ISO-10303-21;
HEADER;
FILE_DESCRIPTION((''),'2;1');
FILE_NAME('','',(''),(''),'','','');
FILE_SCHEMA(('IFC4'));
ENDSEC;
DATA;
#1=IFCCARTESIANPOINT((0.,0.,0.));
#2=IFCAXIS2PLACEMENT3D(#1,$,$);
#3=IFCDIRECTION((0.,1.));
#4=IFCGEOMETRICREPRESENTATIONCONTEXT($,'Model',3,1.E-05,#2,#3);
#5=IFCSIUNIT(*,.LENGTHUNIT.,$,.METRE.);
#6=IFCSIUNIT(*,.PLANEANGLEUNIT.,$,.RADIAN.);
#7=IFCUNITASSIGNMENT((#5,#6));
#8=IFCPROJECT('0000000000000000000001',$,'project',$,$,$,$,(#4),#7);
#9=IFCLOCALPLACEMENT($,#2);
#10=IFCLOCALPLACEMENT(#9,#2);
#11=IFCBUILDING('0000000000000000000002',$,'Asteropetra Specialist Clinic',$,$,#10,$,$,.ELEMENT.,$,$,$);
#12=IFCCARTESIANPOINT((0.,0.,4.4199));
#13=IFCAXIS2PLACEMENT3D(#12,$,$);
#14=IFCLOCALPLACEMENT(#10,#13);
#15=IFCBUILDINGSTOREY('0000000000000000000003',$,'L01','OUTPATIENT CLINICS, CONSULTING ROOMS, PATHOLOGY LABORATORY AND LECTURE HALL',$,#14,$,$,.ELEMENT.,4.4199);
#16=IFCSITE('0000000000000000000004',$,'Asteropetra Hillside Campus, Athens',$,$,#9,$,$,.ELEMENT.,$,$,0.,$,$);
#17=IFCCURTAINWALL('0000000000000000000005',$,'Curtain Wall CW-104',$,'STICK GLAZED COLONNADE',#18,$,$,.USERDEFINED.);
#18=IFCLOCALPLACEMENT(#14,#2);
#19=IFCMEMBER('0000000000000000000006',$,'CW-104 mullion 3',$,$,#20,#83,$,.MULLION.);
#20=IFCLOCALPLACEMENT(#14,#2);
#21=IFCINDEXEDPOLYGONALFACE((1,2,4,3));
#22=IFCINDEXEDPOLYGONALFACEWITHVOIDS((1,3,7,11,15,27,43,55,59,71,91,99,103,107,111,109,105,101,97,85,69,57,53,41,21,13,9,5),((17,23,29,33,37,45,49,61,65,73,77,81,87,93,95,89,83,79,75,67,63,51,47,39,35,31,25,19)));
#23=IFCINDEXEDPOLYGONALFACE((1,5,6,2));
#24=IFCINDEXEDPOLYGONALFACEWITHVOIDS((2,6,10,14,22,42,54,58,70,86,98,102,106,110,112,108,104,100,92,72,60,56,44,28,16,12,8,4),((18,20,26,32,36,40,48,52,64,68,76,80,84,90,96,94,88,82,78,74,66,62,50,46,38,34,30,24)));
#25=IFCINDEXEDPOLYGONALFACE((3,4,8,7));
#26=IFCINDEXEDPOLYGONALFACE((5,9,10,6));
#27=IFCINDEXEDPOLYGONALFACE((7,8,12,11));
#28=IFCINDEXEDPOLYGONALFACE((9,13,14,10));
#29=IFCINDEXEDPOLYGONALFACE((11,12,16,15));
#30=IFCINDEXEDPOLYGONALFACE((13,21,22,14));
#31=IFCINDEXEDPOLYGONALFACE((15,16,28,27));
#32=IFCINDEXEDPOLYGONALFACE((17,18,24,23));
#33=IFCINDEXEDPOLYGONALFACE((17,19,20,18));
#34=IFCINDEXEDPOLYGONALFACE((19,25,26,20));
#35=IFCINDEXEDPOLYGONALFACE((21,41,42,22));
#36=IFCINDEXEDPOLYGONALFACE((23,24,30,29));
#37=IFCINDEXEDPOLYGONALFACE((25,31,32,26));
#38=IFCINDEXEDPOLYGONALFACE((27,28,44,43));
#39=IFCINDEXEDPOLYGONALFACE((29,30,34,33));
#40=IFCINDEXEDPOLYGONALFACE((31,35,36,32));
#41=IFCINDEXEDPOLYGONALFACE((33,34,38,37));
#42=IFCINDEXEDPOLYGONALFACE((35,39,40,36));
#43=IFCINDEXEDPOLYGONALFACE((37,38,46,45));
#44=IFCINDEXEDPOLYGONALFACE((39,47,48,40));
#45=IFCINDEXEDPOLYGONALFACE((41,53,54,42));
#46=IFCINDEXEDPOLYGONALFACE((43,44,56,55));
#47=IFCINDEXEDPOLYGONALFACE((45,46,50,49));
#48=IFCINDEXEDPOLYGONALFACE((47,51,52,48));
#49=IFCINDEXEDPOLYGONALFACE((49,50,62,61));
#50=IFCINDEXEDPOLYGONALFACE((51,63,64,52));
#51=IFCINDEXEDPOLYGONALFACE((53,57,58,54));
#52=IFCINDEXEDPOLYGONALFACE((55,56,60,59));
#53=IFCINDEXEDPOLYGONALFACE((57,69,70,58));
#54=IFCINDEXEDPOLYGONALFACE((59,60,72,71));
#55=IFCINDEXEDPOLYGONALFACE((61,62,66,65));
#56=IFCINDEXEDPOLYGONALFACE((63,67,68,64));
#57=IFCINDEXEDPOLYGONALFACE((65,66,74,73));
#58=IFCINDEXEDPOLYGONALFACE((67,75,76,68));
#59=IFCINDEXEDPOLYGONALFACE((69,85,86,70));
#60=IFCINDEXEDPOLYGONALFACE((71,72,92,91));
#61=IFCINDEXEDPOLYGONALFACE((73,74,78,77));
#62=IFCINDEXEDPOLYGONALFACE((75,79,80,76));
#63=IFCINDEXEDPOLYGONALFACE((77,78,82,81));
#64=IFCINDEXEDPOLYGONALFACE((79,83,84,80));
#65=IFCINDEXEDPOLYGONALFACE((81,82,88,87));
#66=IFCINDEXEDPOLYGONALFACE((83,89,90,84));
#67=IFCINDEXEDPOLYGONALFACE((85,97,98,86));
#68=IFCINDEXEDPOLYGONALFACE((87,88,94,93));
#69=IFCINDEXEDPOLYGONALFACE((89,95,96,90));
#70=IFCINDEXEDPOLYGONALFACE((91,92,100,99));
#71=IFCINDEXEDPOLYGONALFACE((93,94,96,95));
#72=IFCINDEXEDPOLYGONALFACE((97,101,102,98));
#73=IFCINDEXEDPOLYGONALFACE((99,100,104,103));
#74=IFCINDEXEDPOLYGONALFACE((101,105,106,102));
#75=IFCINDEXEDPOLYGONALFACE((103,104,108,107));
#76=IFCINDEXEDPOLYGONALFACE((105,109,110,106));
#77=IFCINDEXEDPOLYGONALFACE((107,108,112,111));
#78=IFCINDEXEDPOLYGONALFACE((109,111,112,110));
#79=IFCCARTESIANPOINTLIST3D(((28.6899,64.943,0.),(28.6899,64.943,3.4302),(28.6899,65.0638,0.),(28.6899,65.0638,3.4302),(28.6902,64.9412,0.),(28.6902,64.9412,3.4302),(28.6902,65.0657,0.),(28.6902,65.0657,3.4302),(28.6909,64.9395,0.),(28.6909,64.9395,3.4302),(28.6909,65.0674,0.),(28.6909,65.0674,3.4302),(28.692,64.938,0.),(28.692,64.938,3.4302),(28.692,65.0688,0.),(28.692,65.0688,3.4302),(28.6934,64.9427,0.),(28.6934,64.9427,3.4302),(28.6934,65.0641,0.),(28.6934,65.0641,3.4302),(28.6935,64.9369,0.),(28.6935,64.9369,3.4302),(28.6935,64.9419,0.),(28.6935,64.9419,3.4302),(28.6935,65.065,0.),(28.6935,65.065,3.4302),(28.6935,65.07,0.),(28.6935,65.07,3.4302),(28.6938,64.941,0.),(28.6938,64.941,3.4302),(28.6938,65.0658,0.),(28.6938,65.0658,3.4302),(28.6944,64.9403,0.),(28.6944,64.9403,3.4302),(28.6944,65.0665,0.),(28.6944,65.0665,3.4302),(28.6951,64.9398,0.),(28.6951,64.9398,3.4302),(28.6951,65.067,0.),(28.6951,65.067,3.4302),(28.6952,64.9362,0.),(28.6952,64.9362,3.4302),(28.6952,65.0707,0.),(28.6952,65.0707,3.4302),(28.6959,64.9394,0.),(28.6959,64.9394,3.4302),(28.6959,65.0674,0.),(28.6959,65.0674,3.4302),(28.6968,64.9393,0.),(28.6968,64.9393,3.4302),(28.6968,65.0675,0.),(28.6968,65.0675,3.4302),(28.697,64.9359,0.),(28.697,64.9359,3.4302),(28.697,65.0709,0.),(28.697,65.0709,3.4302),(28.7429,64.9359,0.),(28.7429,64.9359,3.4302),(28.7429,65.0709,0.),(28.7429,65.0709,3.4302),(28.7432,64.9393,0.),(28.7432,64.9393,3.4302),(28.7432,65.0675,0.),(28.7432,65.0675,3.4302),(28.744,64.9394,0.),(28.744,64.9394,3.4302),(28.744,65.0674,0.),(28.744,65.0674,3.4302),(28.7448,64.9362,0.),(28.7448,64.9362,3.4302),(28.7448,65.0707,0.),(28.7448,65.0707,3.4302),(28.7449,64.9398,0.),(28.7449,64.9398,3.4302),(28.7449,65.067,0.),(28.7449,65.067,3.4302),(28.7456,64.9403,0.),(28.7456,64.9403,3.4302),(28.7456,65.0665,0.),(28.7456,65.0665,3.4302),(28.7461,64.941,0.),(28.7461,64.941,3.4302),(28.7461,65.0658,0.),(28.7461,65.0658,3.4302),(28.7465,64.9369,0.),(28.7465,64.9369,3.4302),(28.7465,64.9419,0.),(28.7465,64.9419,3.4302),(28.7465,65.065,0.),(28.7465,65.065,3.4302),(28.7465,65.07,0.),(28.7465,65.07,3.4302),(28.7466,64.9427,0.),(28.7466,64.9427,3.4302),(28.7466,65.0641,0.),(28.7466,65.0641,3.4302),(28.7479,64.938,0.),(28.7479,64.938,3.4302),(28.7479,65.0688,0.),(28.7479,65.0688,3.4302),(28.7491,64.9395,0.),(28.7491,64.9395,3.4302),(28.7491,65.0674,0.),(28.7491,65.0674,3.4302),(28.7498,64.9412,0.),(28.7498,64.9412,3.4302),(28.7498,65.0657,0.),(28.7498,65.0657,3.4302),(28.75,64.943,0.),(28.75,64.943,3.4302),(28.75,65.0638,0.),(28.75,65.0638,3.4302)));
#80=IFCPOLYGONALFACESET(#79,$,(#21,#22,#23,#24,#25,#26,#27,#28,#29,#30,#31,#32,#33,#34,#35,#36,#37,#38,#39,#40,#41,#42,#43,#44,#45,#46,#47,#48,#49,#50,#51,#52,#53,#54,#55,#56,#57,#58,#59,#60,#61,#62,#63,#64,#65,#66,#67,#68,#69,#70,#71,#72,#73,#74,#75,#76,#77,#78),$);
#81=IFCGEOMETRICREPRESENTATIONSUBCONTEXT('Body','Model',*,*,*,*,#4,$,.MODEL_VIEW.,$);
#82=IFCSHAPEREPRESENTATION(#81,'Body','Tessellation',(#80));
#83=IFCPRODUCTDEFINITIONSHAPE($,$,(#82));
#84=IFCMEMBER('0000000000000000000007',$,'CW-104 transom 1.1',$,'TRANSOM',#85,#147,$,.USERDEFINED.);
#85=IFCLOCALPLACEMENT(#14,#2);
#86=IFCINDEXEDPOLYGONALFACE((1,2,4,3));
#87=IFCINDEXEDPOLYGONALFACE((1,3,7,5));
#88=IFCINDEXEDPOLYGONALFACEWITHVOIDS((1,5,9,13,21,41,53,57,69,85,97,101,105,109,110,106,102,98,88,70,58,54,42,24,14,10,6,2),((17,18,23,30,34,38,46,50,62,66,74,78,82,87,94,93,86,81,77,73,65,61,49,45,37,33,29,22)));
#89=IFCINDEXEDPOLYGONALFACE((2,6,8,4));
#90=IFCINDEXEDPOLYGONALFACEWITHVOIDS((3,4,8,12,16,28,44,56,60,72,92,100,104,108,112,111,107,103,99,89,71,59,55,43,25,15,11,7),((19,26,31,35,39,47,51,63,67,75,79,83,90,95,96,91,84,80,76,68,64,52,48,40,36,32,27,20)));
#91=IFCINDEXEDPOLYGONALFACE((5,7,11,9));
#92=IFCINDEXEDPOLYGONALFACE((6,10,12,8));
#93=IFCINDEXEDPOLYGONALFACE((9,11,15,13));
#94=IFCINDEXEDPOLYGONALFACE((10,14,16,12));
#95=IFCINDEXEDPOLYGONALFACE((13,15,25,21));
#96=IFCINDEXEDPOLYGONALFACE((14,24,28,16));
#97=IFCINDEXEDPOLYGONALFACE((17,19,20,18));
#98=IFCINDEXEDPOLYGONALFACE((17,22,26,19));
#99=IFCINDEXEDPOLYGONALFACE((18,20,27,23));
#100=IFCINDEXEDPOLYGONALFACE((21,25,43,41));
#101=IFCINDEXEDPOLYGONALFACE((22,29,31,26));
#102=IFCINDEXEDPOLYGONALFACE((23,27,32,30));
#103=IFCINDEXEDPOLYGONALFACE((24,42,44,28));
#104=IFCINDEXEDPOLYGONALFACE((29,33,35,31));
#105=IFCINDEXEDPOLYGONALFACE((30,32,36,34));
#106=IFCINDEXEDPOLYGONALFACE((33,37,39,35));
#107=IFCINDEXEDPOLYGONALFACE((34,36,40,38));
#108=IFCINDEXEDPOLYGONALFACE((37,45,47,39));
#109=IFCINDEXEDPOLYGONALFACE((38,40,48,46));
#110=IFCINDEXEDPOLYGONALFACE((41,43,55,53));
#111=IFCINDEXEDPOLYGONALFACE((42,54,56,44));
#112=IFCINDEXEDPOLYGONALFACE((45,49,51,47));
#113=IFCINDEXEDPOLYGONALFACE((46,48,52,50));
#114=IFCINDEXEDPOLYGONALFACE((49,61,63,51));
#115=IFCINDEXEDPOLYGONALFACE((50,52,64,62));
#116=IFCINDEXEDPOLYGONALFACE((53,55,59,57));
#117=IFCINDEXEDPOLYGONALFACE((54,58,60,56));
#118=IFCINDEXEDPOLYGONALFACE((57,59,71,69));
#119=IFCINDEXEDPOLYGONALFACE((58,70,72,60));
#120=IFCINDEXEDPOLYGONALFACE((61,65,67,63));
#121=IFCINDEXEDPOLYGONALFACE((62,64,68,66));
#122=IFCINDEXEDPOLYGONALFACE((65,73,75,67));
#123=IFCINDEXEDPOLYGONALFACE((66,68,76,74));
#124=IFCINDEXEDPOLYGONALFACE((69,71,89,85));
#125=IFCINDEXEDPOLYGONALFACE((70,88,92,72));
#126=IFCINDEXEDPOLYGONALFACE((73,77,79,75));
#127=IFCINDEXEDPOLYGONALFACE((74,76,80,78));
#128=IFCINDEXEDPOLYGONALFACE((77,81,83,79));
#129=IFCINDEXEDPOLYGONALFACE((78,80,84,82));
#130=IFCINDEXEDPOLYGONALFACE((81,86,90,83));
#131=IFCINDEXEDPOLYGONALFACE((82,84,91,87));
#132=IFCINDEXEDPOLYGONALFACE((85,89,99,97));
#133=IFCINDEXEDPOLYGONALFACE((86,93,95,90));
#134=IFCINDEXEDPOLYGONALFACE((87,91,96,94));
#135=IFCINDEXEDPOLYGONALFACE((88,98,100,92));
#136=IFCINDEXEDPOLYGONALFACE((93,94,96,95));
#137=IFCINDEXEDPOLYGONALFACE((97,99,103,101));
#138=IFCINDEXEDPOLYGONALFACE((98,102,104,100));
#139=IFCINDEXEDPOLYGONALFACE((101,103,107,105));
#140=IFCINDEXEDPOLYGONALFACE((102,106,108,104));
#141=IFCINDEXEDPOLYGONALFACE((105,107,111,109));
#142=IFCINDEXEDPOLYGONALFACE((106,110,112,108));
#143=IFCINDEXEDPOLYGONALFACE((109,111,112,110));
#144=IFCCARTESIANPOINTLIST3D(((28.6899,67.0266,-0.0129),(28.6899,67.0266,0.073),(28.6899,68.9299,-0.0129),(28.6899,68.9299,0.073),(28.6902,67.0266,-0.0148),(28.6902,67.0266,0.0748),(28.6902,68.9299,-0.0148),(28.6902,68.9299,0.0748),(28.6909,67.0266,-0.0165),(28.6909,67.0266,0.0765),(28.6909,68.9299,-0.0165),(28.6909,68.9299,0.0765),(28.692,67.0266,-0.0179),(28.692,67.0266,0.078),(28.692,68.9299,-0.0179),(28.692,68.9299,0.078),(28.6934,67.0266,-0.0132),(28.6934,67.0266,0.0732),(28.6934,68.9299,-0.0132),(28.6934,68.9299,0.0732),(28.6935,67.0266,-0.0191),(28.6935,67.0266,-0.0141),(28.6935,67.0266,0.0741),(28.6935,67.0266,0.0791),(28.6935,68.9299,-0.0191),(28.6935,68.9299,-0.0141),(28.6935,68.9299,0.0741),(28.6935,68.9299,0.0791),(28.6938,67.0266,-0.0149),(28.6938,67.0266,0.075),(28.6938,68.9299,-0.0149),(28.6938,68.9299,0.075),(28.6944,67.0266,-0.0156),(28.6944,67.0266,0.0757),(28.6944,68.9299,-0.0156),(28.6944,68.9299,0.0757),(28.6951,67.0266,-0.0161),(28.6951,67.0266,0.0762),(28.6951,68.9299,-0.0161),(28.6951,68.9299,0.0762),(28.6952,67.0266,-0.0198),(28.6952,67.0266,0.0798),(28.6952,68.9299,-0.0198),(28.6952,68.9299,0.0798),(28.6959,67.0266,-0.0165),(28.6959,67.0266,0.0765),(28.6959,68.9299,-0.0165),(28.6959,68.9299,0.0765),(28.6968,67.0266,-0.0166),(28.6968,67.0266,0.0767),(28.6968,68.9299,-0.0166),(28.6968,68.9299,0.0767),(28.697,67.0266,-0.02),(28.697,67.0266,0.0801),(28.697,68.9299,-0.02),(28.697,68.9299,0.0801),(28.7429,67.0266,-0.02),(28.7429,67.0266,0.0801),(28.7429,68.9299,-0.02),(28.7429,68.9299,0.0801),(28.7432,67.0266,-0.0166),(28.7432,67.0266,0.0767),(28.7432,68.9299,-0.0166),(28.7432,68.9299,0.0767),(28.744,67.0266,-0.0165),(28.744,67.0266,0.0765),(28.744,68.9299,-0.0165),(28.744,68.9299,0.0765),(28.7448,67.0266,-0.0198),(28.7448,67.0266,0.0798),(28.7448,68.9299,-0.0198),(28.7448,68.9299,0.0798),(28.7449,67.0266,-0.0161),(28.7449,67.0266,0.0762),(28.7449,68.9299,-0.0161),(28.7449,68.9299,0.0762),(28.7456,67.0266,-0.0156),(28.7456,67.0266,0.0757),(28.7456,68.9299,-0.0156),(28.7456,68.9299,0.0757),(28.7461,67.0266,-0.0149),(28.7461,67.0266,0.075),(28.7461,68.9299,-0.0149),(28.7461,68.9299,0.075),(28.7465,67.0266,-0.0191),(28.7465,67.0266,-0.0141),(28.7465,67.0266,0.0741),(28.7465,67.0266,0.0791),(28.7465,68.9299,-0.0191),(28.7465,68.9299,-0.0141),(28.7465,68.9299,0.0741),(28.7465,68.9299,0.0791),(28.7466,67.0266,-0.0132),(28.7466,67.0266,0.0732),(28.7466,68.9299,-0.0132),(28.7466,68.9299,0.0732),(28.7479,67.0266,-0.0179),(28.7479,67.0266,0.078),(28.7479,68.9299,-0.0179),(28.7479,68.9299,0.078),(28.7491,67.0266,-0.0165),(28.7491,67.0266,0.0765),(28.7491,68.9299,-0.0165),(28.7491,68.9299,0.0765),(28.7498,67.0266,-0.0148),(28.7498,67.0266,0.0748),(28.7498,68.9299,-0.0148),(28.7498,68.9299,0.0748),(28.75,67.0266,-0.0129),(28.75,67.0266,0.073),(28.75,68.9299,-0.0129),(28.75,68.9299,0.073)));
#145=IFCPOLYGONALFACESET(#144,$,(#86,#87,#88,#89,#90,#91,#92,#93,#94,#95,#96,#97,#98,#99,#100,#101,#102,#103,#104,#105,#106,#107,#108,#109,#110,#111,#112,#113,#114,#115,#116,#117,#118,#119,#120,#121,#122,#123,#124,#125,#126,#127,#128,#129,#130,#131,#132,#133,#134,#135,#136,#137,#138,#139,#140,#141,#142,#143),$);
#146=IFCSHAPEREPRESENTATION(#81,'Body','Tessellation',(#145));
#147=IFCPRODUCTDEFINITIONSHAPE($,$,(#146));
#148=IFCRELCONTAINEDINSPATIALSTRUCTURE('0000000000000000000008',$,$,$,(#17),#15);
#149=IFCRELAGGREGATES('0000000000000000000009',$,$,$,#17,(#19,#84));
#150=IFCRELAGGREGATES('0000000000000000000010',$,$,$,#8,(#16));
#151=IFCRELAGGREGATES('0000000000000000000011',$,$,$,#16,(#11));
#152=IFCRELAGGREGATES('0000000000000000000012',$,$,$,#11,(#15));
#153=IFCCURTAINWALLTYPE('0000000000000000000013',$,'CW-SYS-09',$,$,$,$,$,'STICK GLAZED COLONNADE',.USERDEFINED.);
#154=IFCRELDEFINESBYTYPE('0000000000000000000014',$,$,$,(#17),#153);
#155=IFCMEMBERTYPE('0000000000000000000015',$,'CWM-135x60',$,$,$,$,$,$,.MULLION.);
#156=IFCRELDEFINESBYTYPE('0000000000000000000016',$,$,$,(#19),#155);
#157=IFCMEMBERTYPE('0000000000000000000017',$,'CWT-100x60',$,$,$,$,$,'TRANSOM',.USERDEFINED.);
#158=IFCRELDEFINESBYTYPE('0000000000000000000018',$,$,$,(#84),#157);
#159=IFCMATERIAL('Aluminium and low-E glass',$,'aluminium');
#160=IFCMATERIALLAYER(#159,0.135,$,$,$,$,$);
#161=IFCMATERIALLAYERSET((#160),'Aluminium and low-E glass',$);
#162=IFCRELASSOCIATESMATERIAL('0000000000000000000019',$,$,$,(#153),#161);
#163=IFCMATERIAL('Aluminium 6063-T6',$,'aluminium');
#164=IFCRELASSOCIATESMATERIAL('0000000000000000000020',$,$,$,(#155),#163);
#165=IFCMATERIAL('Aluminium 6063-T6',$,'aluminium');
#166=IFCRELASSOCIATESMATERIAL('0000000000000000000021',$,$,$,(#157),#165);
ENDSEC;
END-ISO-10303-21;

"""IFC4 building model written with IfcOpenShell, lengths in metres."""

from ifc_helpers import new_model, si_unit, direction, frame, origin, origin_2d, place, context, subcontext, project, spatial, hollow_rectangle, extrude, material, layer, layer_set, material_profile, profile_set, type_object, element, aggregate, save


model = new_model("IFC4")

# Units and contexts
model_context = context("Model", 3, precision=1e-05, world=origin(), true_north=direction((0.0, 1.0)))
body_context = subcontext(model_context, "Body", "Model", "MODEL_VIEW")
ifc_project = project(units=[si_unit("LENGTHUNIT", "METRE"), si_unit("PLANEANGLEUNIT", "RADIAN")], contexts=[model_context])

# Site, building, storey
site_placement = place(None, origin())
site = spatial("IfcSite", under=ifc_project, at=site_placement, Name="Asteropetra Hillside Campus, Athens", CompositionType="ELEMENT", RefElevation=0.0)
building_placement = place(site_placement, origin())
building = spatial("IfcBuilding", under=site, at=building_placement, Name="Asteropetra Specialist Clinic", CompositionType="ELEMENT")
storey_placement = place(building_placement, frame((0.0, 0.0, 4.4199)))
storey = spatial("IfcBuildingStorey", under=building, at=storey_placement, Name="L01", Description="OUTPATIENT CLINICS, CONSULTING ROOMS, PATHOLOGY LABORATORY AND LECTURE HALL", CompositionType="ELEMENT", Elevation=4.4199)

# Curtain wall, members
ifc_material_1 = material(Name="Aluminium and low-E glass", Category="aluminium")
ifc_layer_1 = layer(ifc_material_1, 0.135)
ifc_layer_set_1 = layer_set([ifc_layer_1], Name="Aluminium and low-E glass")
curtain_wall_type = type_object("IfcCurtainWallType", Name="CW-SYS-09", ElementType="STICK GLAZED COLONNADE", PredefinedType="USERDEFINED", material=ifc_layer_set_1)
curtain_wall_placement = place(storey_placement, origin())
curtain_wall = element("IfcCurtainWall", 1, at=curtain_wall_placement, inside=storey, type_object=curtain_wall_type, Name="Curtain Wall CW-104", ObjectType="STICK GLAZED COLONNADE", PredefinedType="USERDEFINED")
ifc_material_2 = material(Name="Aluminium 6063-T6", Category="aluminium")
ifc_material_profile_1 = material_profile(ifc_material_2, hollow_rectangle(XDim=0.0601, YDim=0.135, WallThickness=0.0034, InnerFilletRadius=0.0034, OuterFilletRadius=0.0071, at=origin_2d()), Name="MUL 135x60x3.5")
ifc_profile_set_1 = profile_set([ifc_material_profile_1], Name="Aluminium 6063-T6")
member_type_1 = type_object("IfcMemberType", Name="CWM-135x60", PredefinedType="MULLION", material=ifc_profile_set_1)
member_1_placement = place(storey_placement, frame((28.72, 65.0034, 0.0), z_axis=(0.0, 0.0, 1.0), x_axis=(1.0, 0.0, 0.0)))
member_1 = element("IfcMember", 2, at=member_1_placement, type_object=member_type_1, Name="CW-104 mullion 3", PredefinedType="MULLION", context=body_context, shape_type="SweptSolid", body=[
    extrude(hollow_rectangle(XDim=0.0601, YDim=0.135, WallThickness=0.0034, InnerFilletRadius=0.0034, OuterFilletRadius=0.0071, at=origin_2d()), origin(), (0.0, 0.0, 1.0), 3.4302),
])
ifc_material_3 = material(Name="Aluminium 6063-T6", Category="aluminium")
ifc_material_profile_2 = material_profile(ifc_material_3, hollow_rectangle(XDim=0.0601, YDim=0.1001, WallThickness=0.0034, InnerFilletRadius=0.0034, OuterFilletRadius=0.0071, at=origin_2d()), Name="TRN 100x60x3.5")
ifc_profile_set_2 = profile_set([ifc_material_profile_2], Name="Aluminium 6063-T6")
member_type_2 = type_object("IfcMemberType", Name="CWT-100x60", ElementType="TRANSOM", PredefinedType="USERDEFINED", material=ifc_profile_set_2)
member_2_placement = place(storey_placement, frame((28.72, 68.9299, 0.03), z_axis=(0.0, -1.0, 0.0), x_axis=(1.0, 0.0, 0.0)))
member_2 = element("IfcMember", 3, at=member_2_placement, type_object=member_type_2, Name="CW-104 transom 1.1", ObjectType="TRANSOM", PredefinedType="USERDEFINED", context=body_context, shape_type="SweptSolid", body=[
    extrude(hollow_rectangle(XDim=0.0601, YDim=0.1001, WallThickness=0.0034, InnerFilletRadius=0.0034, OuterFilletRadius=0.0071, at=origin_2d()), origin(), (0.0, 0.0, 1.0), 1.9033),
])
aggregate(curtain_wall, [member_1, member_2])

save(model, "model.ifc")
